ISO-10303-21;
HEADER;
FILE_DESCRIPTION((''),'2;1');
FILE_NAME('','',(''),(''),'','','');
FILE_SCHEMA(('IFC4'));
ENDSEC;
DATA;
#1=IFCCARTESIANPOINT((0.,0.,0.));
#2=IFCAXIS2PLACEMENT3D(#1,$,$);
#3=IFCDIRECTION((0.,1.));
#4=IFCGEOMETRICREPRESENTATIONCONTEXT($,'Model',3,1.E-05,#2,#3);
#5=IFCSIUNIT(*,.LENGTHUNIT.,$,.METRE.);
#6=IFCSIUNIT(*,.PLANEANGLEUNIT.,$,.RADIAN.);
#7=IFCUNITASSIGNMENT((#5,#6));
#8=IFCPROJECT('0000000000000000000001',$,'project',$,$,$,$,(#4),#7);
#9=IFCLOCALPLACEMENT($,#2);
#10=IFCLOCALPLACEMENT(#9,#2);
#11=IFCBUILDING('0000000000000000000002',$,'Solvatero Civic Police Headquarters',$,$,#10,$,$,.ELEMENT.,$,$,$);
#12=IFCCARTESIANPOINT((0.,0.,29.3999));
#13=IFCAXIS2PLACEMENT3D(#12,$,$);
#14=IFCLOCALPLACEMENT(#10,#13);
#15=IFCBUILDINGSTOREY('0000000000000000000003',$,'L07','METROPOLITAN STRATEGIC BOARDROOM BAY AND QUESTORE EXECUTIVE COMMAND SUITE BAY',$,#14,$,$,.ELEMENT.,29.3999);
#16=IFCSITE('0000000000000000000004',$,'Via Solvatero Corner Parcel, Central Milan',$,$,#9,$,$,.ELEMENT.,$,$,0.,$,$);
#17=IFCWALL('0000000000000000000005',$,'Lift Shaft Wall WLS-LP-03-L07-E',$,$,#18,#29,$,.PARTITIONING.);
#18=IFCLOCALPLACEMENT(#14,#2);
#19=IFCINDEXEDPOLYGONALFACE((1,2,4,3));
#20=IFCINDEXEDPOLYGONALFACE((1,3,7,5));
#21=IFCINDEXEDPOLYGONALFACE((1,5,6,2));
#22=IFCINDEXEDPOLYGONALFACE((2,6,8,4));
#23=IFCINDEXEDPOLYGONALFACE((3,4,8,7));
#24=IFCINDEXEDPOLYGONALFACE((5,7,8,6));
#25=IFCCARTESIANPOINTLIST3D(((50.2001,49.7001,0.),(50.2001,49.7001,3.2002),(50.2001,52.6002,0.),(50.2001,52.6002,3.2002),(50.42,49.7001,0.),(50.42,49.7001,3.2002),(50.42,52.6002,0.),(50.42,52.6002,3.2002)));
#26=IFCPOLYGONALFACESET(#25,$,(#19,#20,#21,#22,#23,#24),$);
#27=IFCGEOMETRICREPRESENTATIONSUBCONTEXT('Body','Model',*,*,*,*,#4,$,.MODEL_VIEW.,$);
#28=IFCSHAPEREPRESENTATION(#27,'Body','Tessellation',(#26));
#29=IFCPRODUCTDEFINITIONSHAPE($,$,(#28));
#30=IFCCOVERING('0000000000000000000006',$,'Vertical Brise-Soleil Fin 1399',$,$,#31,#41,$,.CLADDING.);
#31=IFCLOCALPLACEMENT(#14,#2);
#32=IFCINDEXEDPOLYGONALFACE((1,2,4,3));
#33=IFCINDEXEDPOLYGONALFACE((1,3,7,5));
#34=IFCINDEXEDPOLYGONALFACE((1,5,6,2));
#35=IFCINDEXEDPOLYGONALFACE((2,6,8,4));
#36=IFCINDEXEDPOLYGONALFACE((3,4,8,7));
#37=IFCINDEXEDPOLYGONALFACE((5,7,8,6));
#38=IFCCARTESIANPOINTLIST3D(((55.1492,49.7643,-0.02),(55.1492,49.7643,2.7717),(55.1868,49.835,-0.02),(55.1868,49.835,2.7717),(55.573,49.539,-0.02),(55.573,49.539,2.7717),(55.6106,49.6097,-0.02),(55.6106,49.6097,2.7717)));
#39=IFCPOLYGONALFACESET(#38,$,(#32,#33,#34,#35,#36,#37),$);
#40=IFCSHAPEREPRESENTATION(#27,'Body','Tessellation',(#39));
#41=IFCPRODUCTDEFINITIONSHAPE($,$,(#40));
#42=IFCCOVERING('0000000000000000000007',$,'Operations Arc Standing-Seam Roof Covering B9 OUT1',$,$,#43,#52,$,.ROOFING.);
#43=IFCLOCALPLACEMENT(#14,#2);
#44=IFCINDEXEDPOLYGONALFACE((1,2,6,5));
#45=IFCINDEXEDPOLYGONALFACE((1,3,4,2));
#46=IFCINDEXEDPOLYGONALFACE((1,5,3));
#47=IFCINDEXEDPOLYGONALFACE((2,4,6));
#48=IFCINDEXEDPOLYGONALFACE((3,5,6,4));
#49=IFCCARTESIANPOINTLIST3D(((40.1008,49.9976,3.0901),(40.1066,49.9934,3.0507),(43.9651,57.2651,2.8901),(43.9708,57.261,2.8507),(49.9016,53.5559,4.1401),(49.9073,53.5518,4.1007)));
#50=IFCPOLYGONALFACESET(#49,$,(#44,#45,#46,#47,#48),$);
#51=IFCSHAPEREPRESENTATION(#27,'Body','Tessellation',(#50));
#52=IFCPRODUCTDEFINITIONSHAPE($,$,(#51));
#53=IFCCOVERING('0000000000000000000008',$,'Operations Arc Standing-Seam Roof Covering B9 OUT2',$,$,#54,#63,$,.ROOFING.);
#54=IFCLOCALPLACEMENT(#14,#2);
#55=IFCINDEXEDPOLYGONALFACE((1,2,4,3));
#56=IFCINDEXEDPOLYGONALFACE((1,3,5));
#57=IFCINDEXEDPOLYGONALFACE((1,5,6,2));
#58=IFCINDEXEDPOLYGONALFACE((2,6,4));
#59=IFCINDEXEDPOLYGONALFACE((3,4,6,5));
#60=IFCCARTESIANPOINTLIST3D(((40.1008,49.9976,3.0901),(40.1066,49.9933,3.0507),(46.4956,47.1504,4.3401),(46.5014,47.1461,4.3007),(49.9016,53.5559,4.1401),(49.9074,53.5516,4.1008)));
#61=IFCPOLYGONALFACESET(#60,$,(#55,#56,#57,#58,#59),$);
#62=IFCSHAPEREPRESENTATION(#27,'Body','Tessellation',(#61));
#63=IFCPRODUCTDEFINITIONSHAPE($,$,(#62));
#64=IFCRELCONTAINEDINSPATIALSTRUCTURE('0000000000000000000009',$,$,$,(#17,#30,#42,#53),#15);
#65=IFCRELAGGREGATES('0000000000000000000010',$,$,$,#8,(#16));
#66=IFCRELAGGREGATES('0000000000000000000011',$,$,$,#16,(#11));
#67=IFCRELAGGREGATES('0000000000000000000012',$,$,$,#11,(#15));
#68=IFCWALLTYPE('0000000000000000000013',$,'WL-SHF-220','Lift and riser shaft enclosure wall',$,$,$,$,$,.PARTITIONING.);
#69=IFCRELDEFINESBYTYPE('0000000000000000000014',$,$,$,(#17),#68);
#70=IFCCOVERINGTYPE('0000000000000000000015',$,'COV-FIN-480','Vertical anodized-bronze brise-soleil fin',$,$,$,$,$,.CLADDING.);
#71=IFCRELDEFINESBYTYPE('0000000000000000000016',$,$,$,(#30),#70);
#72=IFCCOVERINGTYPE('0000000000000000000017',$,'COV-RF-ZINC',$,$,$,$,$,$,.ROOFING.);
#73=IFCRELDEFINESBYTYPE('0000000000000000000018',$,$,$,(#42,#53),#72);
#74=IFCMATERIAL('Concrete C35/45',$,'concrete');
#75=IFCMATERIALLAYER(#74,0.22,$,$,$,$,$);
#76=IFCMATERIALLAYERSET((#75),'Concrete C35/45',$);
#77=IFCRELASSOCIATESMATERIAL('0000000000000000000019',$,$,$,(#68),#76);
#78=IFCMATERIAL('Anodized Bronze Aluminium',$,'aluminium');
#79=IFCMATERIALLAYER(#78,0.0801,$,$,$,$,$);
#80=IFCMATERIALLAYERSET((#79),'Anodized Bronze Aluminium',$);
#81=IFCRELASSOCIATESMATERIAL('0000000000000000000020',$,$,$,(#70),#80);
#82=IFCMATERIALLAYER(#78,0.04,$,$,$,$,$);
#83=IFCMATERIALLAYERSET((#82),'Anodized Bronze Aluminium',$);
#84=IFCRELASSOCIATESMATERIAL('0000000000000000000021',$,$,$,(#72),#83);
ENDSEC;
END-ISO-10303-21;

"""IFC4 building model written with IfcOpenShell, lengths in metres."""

from ifc_helpers import new_model, si_unit, direction, frame, frame_2d, origin, origin_2d, place, context, subcontext, project, spatial, polyline, rectangle, outline, extrude, material, layer, layer_set, type_object, element, save


model = new_model("IFC4")

# Units and contexts
model_context = context("Model", 3, precision=1e-05, world=origin(), true_north=direction((0.0, 1.0)))
body_context = subcontext(model_context, "Body", "Model", "MODEL_VIEW")
ifc_project = project(units=[si_unit("LENGTHUNIT", "METRE"), si_unit("PLANEANGLEUNIT", "RADIAN")], contexts=[model_context])

# Site, building, storey
site_placement = place(None, origin())
site = spatial("IfcSite", under=ifc_project, at=site_placement, Name="Via Solvatero Corner Parcel, Central Milan", CompositionType="ELEMENT", RefElevation=0.0)
building_placement = place(site_placement, origin())
building = spatial("IfcBuilding", under=site, at=building_placement, Name="Solvatero Civic Police Headquarters", CompositionType="ELEMENT")
storey_placement = place(building_placement, frame((0.0, 0.0, 29.3999)))
storey = spatial("IfcBuildingStorey", under=building, at=storey_placement, Name="L07", Description="METROPOLITAN STRATEGIC BOARDROOM BAY AND QUESTORE EXECUTIVE COMMAND SUITE BAY", CompositionType="ELEMENT", Elevation=29.3999)

# Shared definitions
ifc_material_1 = material(Name="Anodized Bronze Aluminium", Category="aluminium")

# Shared definitions
ifc_material_2 = material(Name="Concrete C35/45", Category="concrete")

# Wall
ifc_layer_1 = layer(ifc_material_2, 0.22)
ifc_layer_set_1 = layer_set([ifc_layer_1], Name="Concrete C35/45")
wall_type_1 = type_object("IfcWallType", Name="WL-SHF-220", Description="Lift and riser shaft enclosure wall", PredefinedType="PARTITIONING", material=ifc_layer_set_1)
wall_1_placement = place(storey_placement, frame((50.3101, 49.7, 0.0), z_axis=(0.0, 0.0, 1.0), x_axis=(0.0, 1.0, 0.0)))
element("IfcWall", 1, at=wall_1_placement, inside=storey, type_object=wall_type_1, Name="Lift Shaft Wall WLS-LP-03-L07-E", PredefinedType="PARTITIONING", context=body_context, shape_type="SweptSolid", body=[
    extrude(rectangle(XDim=2.9001, YDim=0.22, at=frame_2d((1.4502, 0.0))), origin(), (0.0, 0.0, 1.0), 3.2002),
])

# Coverings
ifc_layer_2 = layer(ifc_material_1, 0.0801)
ifc_layer_set_2 = layer_set([ifc_layer_2], Name="Anodized Bronze Aluminium")
covering_type_1 = type_object("IfcCoveringType", Name="COV-FIN-480", Description="Vertical anodized-bronze brise-soleil fin", PredefinedType="CLADDING", material=ifc_layer_set_2)
covering_1_placement = place(storey_placement, frame((55.3799, 49.687, -0.02), z_axis=(0.0, 0.0, 1.0), x_axis=(-0.469487, -0.882939, 0.0)))
element("IfcCovering", 2, at=covering_1_placement, inside=storey, type_object=covering_type_1, Name="Vertical Brise-Soleil Fin 1399", PredefinedType="CLADDING", context=body_context, shape_type="SweptSolid", body=[
    extrude(rectangle(XDim=0.0801, YDim=0.48, at=origin_2d()), origin(), (0.0, 0.0, 1.0), 2.7917),
])
ifc_layer_3 = layer(ifc_material_1, 0.04)
ifc_layer_set_3 = layer_set([ifc_layer_3], Name="Anodized Bronze Aluminium")
covering_type_2 = type_object("IfcCoveringType", Name="COV-RF-ZINC", PredefinedType="ROOFING", material=ifc_layer_set_3)
covering_2_placement = place(storey_placement, frame((49.9016, 53.5559, 4.1401), z_axis=(-0.142879, 0.103053, 0.984361), x_axis=(-0.834863, 0.521635, -0.175789)))
element("IfcCovering", 3, at=covering_2_placement, inside=storey, type_object=covering_type_2, Name="Operations Arc Standing-Seam Roof Covering B9 OUT1", PredefinedType="ROOFING", context=body_context, shape_type="SweptSolid", body=[
    extrude(outline(polyline([(0.0, 0.0), (7.1108, 0.0), (6.5107, 8.2116), (0.0, 0.0)])), origin(), (0.0, 0.0, -1.0), 0.04),
])
covering_3_placement = place(storey_placement, frame((49.9016, 53.5559, 4.1401), z_axis=(-0.144417, 0.107496, 0.983661), x_axis=(-0.935234, -0.339554, -0.1002)))
element("IfcCovering", 4, at=covering_3_placement, inside=storey, type_object=covering_type_2, Name="Operations Arc Standing-Seam Roof Covering B9 OUT2", PredefinedType="ROOFING", context=body_context, shape_type="SweptSolid", body=[
    extrude(outline(polyline([(0.0, 0.0), (10.4795, 0.0), (5.3404, 4.9144), (0.0, 0.0)])), origin(), (0.0, 0.0, -1.0), 0.04),
])

save(model, "model.ifc")
